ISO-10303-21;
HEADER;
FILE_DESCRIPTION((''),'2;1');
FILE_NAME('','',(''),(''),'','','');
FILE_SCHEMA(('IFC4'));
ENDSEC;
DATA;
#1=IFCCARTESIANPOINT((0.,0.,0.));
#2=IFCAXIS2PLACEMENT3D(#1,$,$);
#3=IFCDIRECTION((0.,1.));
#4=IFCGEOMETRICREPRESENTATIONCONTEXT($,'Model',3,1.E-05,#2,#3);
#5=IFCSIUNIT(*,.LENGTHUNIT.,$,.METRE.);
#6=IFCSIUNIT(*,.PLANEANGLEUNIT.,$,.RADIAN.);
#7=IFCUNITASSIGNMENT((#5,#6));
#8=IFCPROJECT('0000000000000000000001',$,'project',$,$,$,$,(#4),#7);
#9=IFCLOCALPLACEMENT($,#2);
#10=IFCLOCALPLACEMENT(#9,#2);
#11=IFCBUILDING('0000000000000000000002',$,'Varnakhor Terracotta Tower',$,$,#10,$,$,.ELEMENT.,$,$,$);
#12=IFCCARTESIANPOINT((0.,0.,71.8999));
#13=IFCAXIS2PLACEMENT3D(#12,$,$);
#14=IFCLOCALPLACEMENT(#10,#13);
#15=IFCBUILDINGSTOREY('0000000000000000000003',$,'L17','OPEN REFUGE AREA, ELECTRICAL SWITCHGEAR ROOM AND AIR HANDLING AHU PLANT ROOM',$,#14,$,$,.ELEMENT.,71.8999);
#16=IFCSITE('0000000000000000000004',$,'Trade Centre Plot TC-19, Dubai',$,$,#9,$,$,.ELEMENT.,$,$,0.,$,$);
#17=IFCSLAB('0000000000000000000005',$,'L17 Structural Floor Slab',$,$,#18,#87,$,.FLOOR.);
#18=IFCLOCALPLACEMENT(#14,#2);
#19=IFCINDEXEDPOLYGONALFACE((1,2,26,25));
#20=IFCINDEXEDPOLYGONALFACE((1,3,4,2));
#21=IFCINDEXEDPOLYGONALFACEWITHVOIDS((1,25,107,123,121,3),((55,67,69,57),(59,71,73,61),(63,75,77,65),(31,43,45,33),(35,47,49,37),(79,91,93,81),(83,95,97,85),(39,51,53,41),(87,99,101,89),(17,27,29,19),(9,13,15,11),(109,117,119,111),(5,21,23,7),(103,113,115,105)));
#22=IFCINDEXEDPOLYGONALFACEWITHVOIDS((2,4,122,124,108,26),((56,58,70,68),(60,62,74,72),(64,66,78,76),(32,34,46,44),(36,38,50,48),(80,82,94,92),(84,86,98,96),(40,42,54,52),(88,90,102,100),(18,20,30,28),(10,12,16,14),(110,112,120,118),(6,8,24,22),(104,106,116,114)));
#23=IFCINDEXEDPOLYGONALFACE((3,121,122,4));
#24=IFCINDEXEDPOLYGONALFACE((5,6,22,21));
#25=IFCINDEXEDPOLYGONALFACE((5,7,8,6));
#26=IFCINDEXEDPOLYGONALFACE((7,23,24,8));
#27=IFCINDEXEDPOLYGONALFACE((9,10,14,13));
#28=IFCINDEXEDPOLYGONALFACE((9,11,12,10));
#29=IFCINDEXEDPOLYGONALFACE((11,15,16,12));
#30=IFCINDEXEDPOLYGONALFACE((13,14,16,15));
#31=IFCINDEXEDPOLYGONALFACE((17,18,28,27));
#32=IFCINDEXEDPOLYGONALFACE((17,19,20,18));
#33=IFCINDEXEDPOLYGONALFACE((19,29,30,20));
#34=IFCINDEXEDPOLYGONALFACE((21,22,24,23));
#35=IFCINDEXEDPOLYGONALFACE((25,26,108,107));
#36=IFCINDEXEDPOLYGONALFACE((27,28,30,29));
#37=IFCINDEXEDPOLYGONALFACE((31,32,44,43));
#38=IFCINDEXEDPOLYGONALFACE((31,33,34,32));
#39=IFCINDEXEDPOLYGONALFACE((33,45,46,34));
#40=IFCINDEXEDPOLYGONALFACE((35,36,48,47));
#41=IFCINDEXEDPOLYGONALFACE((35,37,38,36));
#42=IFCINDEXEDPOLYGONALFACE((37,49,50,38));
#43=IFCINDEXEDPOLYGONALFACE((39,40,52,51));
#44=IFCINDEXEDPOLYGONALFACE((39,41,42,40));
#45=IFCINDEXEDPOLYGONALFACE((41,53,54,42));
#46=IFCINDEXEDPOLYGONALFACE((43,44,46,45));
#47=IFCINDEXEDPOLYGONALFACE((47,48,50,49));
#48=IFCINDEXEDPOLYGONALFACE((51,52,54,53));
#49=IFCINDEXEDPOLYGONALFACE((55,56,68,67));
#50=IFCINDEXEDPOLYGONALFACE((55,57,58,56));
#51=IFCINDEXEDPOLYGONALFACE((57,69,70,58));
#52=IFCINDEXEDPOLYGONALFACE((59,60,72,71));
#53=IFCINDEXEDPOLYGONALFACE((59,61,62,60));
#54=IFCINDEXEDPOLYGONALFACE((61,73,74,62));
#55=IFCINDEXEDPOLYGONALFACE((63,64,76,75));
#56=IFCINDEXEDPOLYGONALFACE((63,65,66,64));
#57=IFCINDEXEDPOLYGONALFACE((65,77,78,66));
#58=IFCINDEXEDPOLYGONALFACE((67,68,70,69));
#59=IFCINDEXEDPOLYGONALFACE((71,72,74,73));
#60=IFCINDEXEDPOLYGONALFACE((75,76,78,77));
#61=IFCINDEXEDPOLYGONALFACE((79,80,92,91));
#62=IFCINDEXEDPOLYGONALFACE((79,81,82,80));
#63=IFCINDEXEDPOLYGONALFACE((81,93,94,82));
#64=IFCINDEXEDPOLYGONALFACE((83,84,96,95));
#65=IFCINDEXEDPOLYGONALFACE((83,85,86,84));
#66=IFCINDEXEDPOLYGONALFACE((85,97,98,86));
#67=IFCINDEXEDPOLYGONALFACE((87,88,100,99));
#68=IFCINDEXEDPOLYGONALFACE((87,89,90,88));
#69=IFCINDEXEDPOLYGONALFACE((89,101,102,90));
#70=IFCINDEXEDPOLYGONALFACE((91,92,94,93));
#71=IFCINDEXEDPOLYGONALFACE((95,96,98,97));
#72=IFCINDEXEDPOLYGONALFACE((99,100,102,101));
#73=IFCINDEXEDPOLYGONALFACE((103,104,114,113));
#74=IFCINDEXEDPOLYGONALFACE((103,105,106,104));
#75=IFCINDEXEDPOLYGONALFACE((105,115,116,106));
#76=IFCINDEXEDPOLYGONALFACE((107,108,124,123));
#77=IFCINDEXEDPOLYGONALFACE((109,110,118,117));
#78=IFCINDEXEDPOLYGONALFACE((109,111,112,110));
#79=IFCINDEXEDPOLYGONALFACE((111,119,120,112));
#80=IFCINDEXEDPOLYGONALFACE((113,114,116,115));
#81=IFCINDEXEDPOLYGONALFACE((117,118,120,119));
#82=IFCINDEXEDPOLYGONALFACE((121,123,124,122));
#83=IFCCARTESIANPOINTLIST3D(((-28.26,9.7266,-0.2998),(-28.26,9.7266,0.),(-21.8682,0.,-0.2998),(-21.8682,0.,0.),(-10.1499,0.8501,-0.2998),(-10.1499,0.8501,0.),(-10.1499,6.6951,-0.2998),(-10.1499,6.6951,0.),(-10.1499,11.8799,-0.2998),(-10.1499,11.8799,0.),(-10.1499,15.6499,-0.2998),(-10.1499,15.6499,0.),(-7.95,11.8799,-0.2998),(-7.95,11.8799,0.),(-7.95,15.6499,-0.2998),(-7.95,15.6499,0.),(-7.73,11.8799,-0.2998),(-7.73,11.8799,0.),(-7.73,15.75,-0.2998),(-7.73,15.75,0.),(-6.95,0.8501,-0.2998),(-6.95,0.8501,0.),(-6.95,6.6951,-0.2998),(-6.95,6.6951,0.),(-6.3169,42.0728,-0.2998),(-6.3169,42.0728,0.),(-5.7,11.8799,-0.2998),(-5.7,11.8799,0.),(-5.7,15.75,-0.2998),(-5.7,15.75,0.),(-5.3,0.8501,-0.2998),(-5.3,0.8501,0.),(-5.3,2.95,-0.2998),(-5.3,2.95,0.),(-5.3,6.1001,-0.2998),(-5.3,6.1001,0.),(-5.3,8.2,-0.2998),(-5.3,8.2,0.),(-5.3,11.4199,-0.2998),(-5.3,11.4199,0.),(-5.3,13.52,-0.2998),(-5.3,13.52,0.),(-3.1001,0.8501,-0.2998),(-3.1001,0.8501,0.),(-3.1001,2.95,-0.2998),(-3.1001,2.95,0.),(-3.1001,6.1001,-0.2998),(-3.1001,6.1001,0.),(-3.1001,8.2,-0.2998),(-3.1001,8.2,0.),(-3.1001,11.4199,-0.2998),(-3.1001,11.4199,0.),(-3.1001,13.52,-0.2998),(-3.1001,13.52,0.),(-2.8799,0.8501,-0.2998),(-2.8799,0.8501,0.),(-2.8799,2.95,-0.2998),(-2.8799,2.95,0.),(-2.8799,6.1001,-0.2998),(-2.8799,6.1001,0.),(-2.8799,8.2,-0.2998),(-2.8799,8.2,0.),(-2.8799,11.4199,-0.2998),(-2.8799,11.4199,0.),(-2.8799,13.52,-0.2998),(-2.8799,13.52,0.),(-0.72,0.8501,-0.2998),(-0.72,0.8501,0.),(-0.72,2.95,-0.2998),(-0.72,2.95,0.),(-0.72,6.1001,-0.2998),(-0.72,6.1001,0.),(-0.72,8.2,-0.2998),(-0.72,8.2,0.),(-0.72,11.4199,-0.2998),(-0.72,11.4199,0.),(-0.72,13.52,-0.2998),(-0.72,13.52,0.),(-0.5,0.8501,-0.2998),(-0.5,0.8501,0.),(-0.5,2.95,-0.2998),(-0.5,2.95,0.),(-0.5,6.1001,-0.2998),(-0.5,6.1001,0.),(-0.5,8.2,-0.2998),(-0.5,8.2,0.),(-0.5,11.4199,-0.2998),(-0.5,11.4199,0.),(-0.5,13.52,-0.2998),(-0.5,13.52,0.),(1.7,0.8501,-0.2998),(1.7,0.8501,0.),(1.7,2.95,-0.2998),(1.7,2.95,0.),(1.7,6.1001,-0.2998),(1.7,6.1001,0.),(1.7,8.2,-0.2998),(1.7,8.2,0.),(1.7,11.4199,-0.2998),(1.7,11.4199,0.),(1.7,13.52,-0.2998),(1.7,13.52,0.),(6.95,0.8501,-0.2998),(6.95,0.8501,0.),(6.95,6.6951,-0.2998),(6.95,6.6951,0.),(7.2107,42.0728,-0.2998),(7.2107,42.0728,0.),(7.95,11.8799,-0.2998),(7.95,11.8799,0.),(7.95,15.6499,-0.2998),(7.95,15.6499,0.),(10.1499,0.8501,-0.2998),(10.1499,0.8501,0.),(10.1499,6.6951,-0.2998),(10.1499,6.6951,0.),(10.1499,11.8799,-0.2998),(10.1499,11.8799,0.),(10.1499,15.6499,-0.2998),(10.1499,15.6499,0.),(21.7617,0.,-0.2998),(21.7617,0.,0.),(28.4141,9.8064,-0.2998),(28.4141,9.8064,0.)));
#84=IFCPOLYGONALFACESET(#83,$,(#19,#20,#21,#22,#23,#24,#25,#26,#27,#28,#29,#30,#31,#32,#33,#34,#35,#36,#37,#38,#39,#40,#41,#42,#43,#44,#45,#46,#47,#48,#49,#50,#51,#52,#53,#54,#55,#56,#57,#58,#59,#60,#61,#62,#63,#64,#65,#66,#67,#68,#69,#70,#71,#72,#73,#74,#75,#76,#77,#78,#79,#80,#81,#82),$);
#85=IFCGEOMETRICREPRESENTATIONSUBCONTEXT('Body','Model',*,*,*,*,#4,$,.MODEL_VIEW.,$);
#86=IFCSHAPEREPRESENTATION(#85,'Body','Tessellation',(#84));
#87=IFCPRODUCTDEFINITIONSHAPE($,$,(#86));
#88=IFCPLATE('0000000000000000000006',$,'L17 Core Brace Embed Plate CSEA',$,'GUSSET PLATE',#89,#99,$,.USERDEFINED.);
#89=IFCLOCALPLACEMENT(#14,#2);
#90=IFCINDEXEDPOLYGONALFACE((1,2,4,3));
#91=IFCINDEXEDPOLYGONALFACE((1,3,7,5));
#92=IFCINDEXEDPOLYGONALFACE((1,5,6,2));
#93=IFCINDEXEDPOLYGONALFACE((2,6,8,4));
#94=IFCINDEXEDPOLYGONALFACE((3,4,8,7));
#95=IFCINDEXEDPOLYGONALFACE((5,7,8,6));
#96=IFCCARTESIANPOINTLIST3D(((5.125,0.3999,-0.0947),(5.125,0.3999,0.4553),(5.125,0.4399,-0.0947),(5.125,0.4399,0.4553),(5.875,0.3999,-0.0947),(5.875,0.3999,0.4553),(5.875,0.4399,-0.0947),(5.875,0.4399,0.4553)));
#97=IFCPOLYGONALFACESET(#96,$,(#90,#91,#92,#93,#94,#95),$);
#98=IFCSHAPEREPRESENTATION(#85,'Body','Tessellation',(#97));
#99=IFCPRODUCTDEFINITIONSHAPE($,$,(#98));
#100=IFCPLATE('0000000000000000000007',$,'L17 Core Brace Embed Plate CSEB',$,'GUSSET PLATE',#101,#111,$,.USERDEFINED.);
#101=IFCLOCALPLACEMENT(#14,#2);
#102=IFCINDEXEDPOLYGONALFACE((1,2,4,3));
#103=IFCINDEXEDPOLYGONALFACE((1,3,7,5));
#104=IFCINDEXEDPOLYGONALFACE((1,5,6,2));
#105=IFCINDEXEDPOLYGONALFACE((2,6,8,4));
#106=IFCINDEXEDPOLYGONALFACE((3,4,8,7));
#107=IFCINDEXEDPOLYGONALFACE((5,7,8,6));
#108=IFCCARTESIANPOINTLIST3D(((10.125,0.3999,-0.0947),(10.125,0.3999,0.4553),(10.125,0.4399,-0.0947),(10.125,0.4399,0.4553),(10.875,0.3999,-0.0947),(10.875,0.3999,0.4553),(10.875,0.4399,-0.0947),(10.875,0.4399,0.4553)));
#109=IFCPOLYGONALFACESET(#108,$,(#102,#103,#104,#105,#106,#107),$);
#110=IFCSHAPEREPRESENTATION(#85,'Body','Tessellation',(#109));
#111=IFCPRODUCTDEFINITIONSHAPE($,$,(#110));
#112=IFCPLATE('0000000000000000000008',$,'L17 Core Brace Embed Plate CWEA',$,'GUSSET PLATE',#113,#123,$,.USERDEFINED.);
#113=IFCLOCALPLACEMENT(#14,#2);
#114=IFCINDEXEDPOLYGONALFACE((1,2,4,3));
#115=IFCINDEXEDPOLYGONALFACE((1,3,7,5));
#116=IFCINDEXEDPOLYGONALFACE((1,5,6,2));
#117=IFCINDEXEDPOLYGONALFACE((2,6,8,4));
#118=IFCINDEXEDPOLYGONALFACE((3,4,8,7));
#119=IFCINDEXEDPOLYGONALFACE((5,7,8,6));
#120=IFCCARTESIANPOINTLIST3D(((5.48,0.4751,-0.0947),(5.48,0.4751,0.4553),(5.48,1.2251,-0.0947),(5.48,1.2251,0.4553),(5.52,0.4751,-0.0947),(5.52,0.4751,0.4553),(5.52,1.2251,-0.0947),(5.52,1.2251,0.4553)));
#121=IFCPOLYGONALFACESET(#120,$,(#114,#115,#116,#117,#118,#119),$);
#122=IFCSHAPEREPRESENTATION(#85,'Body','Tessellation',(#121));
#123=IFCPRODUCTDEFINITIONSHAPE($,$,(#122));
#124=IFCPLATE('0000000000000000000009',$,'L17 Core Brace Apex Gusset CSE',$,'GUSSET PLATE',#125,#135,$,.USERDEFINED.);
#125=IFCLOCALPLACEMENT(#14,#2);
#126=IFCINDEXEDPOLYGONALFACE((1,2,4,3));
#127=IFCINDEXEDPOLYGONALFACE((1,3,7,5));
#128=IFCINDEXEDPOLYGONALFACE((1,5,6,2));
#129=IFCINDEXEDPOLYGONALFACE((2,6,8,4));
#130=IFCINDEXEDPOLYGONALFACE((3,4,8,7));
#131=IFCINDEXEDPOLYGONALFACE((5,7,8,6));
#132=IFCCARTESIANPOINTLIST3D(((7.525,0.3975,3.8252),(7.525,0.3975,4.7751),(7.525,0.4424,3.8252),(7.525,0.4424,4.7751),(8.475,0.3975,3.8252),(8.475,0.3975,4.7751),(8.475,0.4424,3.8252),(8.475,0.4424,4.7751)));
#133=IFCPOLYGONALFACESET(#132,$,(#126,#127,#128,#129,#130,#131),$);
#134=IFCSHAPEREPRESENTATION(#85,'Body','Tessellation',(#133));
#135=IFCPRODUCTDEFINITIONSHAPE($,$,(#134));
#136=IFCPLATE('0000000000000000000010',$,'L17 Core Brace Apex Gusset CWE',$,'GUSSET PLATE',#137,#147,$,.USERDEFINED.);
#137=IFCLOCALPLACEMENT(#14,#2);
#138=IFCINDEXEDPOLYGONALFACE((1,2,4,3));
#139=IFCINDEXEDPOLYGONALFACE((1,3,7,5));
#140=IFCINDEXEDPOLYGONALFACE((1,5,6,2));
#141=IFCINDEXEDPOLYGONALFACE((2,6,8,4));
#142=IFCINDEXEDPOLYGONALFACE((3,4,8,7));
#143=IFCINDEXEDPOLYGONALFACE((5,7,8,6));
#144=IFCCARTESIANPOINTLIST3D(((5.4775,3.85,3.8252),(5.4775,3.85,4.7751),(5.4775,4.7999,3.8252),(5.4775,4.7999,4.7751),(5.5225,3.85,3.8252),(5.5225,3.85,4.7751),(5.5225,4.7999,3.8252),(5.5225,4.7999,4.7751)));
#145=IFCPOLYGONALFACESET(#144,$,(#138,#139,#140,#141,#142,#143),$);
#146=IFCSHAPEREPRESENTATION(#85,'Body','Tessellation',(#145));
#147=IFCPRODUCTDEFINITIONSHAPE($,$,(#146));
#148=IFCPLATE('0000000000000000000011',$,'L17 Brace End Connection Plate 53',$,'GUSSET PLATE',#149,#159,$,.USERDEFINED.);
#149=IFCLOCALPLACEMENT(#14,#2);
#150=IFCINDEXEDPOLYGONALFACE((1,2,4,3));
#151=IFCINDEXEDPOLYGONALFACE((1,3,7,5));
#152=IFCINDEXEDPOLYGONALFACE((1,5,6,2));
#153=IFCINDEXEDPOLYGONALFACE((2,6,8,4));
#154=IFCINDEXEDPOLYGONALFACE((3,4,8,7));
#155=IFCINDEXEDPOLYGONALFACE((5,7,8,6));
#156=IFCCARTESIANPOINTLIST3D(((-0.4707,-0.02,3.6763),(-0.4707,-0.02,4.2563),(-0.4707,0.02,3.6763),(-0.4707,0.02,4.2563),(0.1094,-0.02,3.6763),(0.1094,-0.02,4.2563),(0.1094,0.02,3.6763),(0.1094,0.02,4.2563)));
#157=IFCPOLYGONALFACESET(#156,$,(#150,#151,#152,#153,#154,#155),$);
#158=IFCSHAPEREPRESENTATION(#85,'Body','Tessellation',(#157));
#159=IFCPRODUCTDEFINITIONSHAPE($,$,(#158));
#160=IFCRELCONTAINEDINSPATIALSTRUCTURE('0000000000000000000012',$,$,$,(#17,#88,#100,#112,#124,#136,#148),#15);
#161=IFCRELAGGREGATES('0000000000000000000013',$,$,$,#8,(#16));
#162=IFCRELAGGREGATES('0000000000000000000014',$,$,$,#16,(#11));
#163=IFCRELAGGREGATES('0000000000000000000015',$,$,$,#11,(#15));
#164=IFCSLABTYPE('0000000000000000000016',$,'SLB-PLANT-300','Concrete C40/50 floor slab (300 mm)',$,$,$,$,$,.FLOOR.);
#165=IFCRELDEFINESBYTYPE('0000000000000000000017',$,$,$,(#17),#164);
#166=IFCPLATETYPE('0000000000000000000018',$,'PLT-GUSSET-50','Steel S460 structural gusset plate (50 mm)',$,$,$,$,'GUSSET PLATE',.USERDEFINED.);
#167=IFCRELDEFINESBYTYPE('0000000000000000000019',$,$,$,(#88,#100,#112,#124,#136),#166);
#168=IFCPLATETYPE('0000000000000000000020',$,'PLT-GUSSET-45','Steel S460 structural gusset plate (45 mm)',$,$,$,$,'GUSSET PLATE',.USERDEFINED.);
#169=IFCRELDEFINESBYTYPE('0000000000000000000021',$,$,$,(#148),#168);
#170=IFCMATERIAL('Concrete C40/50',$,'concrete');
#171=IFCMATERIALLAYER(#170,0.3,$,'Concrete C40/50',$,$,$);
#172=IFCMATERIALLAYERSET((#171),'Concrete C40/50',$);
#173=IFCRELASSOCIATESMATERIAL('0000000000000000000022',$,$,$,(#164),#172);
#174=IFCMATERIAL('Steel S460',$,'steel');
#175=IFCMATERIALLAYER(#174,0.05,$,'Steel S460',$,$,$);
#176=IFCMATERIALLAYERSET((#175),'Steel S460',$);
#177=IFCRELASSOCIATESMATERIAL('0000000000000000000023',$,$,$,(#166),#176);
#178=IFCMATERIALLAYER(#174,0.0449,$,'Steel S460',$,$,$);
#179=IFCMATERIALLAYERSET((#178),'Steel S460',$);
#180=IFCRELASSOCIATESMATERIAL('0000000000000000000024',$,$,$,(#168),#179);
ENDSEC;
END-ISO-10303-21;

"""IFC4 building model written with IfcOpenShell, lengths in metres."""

from ifc_helpers import new_model, si_unit, direction, frame, origin, origin_2d, place, context, subcontext, project, spatial, polyline, rectangle, outline, extrude, source, transform, mapped, material, layer, layer_set, type_object, type_shapes, element, save


model = new_model("IFC4")

# Units and contexts
model_context = context("Model", 3, precision=1e-05, world=origin(), true_north=direction((0.0, 1.0)))
body_context = subcontext(model_context, "Body", "Model", "MODEL_VIEW")
ifc_project = project(units=[si_unit("LENGTHUNIT", "METRE"), si_unit("PLANEANGLEUNIT", "RADIAN")], contexts=[model_context])

# Site, building, storey
site_placement = place(None, origin())
site = spatial("IfcSite", under=ifc_project, at=site_placement, Name="Trade Centre Plot TC-19, Dubai", CompositionType="ELEMENT", RefElevation=0.0)
building_placement = place(site_placement, origin())
building = spatial("IfcBuilding", under=site, at=building_placement, Name="Varnakhor Terracotta Tower", CompositionType="ELEMENT")
storey_placement = place(building_placement, frame((0.0, 0.0, 71.8999)))
storey = spatial("IfcBuildingStorey", under=building, at=storey_placement, Name="L17", Description="OPEN REFUGE AREA, ELECTRICAL SWITCHGEAR ROOM AND AIR HANDLING AHU PLANT ROOM", CompositionType="ELEMENT", Elevation=71.8999)

# Shared definitions
ifc_material_1 = material(Name="Steel S460", Category="steel")

# Shared definitions
ifc_material_2 = material(Name="Concrete C40/50", Category="concrete")

# Slab
ifc_layer_1 = layer(ifc_material_2, 0.3, Name="Concrete C40/50")
ifc_layer_set_1 = layer_set([ifc_layer_1], Name="Concrete C40/50")
slab_type_1 = type_object("IfcSlabType", Name="SLB-PLANT-300", Description="Concrete C40/50 floor slab (300 mm)", PredefinedType="FLOOR", material=ifc_layer_set_1)
slab_1_placement = place(storey_placement, frame((0.0, 0.0, -0.2998)))
element("IfcSlab", 1, at=slab_1_placement, inside=storey, type_object=slab_type_1, Name="L17 Structural Floor Slab", PredefinedType="FLOOR", context=body_context, shape_type="SweptSolid", body=[
    extrude(outline(polyline([(-28.26, 9.7266), (-6.3169, 42.0728), (7.2107, 42.0728), (28.4141, 9.8064), (21.7617, 0.0), (-21.8682, 0.0), (-28.26, 9.7266)]), holes=[polyline([(-3.1001, 0.8501), (-3.1001, 2.95), (-5.3, 2.95), (-5.3, 0.8501), (-3.1001, 0.8501)]), polyline([(-2.8799, 0.8501), (-0.72, 0.8501), (-0.72, 2.95), (-2.8799, 2.95), (-2.8799, 0.8501)]), polyline([(-10.1499, 0.8501), (-6.95, 0.8501), (-6.95, 6.6951), (-10.1499, 6.6951), (-10.1499, 0.8501)]), polyline([(-5.3, 6.1001), (-3.1001, 6.1001), (-3.1001, 8.2), (-5.3, 8.2), (-5.3, 6.1001)]), polyline([(-5.3, 11.4199), (-3.1001, 11.4199), (-3.1001, 13.52), (-5.3, 13.52), (-5.3, 11.4199)]), polyline([(-10.1499, 11.8799), (-7.95, 11.8799), (-7.95, 15.6499), (-10.1499, 15.6499), (-10.1499, 11.8799)]), polyline([(-7.73, 11.8799), (-5.7, 11.8799), (-5.7, 15.75), (-7.73, 15.75), (-7.73, 11.8799)]), polyline([(1.7, 0.8501), (1.7, 2.95), (-0.5, 2.95), (-0.5, 0.8501), (1.7, 0.8501)]), polyline([(6.95, 0.8501), (10.1499, 0.8501), (10.1499, 6.6951), (6.95, 6.6951), (6.95, 0.8501)]), polyline([(-2.8799, 6.1001), (-0.72, 6.1001), (-0.72, 8.2), (-2.8799, 8.2), (-2.8799, 6.1001)]), polyline([(-0.5, 6.1001), (1.7, 6.1001), (1.7, 8.2), (-0.5, 8.2), (-0.5, 6.1001)]), polyline([(-2.8799, 11.4199), (-0.72, 11.4199), (-0.72, 13.52), (-2.8799, 13.52), (-2.8799, 11.4199)]), polyline([(-0.5, 11.4199), (1.7, 11.4199), (1.7, 13.52), (-0.5, 13.52), (-0.5, 11.4199)]), polyline([(7.95, 11.8799), (10.1499, 11.8799), (10.1499, 15.6499), (7.95, 15.6499), (7.95, 11.8799)])]), origin(), (0.0, 0.0, 1.0), 0.2998),
])

# Plates
ifc_layer_2 = layer(ifc_material_1, 0.05, Name="Steel S460")
ifc_layer_set_2 = layer_set([ifc_layer_2], Name="Steel S460")
plate_type_1 = type_object("IfcPlateType", Name="PLT-GUSSET-50", Description="Steel S460 structural gusset plate (50 mm)", ElementType="GUSSET PLATE", PredefinedType="USERDEFINED", material=ifc_layer_set_2)
shared_shape_1 = source(origin(), body_context, "Body", "SweptSolid", [
    extrude(rectangle(XDim=0.75, YDim=0.04, at=origin_2d()), origin(), (0.0, 0.0, 1.0), 0.55),
])
type_shapes(plate_type_1, [shared_shape_1])
for number, where, z_axis, x_axis, name in (
    (2, (5.5, 0.4199, -0.0947), (0.0, 0.0, 1.0), (1.0, 0.0, 0.0), "L17 Core Brace Embed Plate CSEA"),
    (3, (10.5, 0.4199, -0.0947), (0.0, 0.0, 1.0), (1.0, 0.0, 0.0), "L17 Core Brace Embed Plate CSEB"),
    (4, (5.5, 0.8501, -0.0947), (0.0, 0.0, 1.0), (0.0, 1.0, 0.0), "L17 Core Brace Embed Plate CWEA"),
):
    element("IfcPlate", number, at=place(storey_placement, frame(where, z_axis=z_axis, x_axis=x_axis)), inside=storey, type_object=plate_type_1, Name=name, ObjectType="GUSSET PLATE", PredefinedType="USERDEFINED", context=body_context, shape_type="MappedRepresentation", body=[
        mapped(shared_shape_1, transform((0.0, 0.0, 0.0), scale=1.0)),
    ])
shared_shape_2 = source(origin(), body_context, "Body", "SweptSolid", [
    extrude(rectangle(XDim=0.95, YDim=0.0449, at=origin_2d()), origin(), (0.0, 0.0, 1.0), 0.95),
])
for number, where, z_axis, x_axis, name in (
    (5, (8.0, 0.4199, 3.8252), (0.0, 0.0, 1.0), (1.0, 0.0, 0.0), "L17 Core Brace Apex Gusset CSE"),
    (6, (5.5, 4.325, 3.8252), (0.0, 0.0, 1.0), (0.0, 1.0, 0.0), "L17 Core Brace Apex Gusset CWE"),
):
    element("IfcPlate", number, at=place(storey_placement, frame(where, z_axis=z_axis, x_axis=x_axis)), inside=storey, type_object=plate_type_1, Name=name, ObjectType="GUSSET PLATE", PredefinedType="USERDEFINED", context=body_context, shape_type="MappedRepresentation", body=[
        mapped(shared_shape_2, transform((0.0, 0.0, 0.0), scale=1.0)),
    ])
ifc_layer_3 = layer(ifc_material_1, 0.0449, Name="Steel S460")
ifc_layer_set_3 = layer_set([ifc_layer_3], Name="Steel S460")
plate_type_2 = type_object("IfcPlateType", Name="PLT-GUSSET-45", Description="Steel S460 structural gusset plate (45 mm)", ElementType="GUSSET PLATE", PredefinedType="USERDEFINED", material=ifc_layer_set_3)
shared_shape_3 = source(origin(), body_context, "Body", "SweptSolid", [
    extrude(rectangle(XDim=0.5801, YDim=0.04, at=origin_2d()), origin(), (0.0, 0.0, 1.0), 0.5801),
])
plate_placement = place(storey_placement, frame((-0.1807, 0.0, 3.6763), z_axis=(0.0, 0.0, 1.0), x_axis=(1.0, 0.0, 0.0)))
element("IfcPlate", 7, at=plate_placement, inside=storey, type_object=plate_type_2, Name="L17 Brace End Connection Plate 53", ObjectType="GUSSET PLATE", PredefinedType="USERDEFINED", context=body_context, shape_type="MappedRepresentation", body=[
    mapped(shared_shape_3, transform((0.0, 0.0, 0.0), scale=1.0)),
])

save(model, "model.ifc")
